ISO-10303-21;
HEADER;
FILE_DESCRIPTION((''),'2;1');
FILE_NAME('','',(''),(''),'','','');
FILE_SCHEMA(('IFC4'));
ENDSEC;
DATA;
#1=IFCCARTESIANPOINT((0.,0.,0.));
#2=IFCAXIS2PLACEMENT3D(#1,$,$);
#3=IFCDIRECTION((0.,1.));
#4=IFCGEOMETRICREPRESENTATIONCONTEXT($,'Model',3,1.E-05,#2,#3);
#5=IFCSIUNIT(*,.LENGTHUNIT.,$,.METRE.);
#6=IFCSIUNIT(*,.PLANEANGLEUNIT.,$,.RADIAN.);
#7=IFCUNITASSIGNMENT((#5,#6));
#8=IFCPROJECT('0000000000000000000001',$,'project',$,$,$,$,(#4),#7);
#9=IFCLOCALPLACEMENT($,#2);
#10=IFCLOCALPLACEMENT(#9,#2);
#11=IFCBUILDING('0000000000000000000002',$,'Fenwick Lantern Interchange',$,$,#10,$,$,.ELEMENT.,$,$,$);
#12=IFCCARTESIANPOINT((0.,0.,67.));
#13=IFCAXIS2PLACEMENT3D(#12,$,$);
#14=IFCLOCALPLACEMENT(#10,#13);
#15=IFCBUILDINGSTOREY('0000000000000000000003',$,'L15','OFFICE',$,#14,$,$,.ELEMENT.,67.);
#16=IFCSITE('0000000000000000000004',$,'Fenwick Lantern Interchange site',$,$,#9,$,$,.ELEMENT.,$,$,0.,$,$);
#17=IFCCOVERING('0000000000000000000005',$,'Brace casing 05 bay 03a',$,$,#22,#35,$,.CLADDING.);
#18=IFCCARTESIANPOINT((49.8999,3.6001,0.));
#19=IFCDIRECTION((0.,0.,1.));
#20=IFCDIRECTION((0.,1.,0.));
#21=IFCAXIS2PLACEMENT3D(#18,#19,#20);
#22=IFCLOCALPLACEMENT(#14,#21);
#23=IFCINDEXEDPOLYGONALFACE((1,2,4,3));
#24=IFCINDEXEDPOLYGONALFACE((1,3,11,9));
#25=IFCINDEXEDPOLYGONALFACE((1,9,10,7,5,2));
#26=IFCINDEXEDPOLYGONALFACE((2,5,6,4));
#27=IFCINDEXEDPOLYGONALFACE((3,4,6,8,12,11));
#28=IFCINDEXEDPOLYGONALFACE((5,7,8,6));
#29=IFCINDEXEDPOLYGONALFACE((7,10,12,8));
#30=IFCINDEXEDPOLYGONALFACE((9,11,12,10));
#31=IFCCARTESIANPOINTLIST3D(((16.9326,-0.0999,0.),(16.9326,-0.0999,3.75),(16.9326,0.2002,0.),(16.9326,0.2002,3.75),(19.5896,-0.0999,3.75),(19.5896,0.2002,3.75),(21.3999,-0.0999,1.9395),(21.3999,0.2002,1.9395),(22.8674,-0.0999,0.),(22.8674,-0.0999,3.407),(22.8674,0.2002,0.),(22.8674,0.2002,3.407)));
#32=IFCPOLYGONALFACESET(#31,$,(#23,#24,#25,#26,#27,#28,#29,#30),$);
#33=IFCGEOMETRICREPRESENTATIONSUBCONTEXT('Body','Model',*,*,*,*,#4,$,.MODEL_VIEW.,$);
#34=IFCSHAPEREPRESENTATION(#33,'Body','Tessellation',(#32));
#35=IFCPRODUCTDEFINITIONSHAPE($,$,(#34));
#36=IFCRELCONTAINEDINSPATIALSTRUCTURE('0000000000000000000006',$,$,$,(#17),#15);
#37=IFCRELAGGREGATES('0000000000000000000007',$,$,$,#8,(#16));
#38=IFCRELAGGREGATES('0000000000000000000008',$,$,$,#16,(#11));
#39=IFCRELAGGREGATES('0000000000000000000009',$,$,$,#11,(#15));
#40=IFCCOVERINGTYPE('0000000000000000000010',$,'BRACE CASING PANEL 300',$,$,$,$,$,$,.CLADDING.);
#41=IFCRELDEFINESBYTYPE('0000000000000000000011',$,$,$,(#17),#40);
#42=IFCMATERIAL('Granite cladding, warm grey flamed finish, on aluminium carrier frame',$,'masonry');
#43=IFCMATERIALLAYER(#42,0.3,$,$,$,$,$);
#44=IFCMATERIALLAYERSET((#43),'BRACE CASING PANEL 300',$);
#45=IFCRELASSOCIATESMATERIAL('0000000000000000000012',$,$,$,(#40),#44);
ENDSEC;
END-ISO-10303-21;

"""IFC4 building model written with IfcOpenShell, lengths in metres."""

from ifc_helpers import new_model, si_unit, direction, frame, origin, place, context, subcontext, project, spatial, polyline, outline, extrude, material, layer, layer_set, type_object, element, save


model = new_model("IFC4")

# Units and contexts
model_context = context("Model", 3, precision=1e-05, world=origin(), true_north=direction((0.0, 1.0)))
body_context = subcontext(model_context, "Body", "Model", "MODEL_VIEW")
ifc_project = project(units=[si_unit("LENGTHUNIT", "METRE"), si_unit("PLANEANGLEUNIT", "RADIAN")], contexts=[model_context])

# Site, building, storey
site_placement = place(None, origin())
site = spatial("IfcSite", under=ifc_project, at=site_placement, Name="Fenwick Lantern Interchange site", CompositionType="ELEMENT", RefElevation=0.0)
building_placement = place(site_placement, origin())
building = spatial("IfcBuilding", under=site, at=building_placement, Name="Fenwick Lantern Interchange", CompositionType="ELEMENT")
storey_placement = place(building_placement, frame((0.0, 0.0, 67.0)))
storey = spatial("IfcBuildingStorey", under=building, at=storey_placement, Name="L15", Description="OFFICE", CompositionType="ELEMENT", Elevation=67.0)

# Covering
ifc_material_1 = material(Name="Granite cladding, warm grey flamed finish, on aluminium carrier frame", Category="masonry")
ifc_layer_1 = layer(ifc_material_1, 0.3)
ifc_layer_set_1 = layer_set([ifc_layer_1], Name="BRACE CASING PANEL 300")
covering_type = type_object("IfcCoveringType", Name="BRACE CASING PANEL 300", PredefinedType="CLADDING", material=ifc_layer_set_1)
covering_1_placement = place(storey_placement, frame((49.8999, 3.6001, 0.0), z_axis=(0.0, 0.0, 1.0), x_axis=(0.0, 1.0, 0.0)))
element("IfcCovering", 1, at=covering_1_placement, inside=storey, type_object=covering_type, Name="Brace casing 05 bay 03a", PredefinedType="CLADDING", context=body_context, shape_type="SweptSolid", body=[
    extrude(outline(polyline([(16.9326, 0.0), (22.8674, 0.0), (22.8674, 3.407), (21.3999, 1.9395), (19.5896, 3.75), (16.9326, 3.75), (16.9326, 0.0)])), frame((0.0, 0.2002, 0.0), z_axis=(0.0, -1.0, 0.0), x_axis=(1.0, 0.0, 0.0)), (0.0, 0.0, 1.0), 0.3),
])

save(model, "model.ifc")
